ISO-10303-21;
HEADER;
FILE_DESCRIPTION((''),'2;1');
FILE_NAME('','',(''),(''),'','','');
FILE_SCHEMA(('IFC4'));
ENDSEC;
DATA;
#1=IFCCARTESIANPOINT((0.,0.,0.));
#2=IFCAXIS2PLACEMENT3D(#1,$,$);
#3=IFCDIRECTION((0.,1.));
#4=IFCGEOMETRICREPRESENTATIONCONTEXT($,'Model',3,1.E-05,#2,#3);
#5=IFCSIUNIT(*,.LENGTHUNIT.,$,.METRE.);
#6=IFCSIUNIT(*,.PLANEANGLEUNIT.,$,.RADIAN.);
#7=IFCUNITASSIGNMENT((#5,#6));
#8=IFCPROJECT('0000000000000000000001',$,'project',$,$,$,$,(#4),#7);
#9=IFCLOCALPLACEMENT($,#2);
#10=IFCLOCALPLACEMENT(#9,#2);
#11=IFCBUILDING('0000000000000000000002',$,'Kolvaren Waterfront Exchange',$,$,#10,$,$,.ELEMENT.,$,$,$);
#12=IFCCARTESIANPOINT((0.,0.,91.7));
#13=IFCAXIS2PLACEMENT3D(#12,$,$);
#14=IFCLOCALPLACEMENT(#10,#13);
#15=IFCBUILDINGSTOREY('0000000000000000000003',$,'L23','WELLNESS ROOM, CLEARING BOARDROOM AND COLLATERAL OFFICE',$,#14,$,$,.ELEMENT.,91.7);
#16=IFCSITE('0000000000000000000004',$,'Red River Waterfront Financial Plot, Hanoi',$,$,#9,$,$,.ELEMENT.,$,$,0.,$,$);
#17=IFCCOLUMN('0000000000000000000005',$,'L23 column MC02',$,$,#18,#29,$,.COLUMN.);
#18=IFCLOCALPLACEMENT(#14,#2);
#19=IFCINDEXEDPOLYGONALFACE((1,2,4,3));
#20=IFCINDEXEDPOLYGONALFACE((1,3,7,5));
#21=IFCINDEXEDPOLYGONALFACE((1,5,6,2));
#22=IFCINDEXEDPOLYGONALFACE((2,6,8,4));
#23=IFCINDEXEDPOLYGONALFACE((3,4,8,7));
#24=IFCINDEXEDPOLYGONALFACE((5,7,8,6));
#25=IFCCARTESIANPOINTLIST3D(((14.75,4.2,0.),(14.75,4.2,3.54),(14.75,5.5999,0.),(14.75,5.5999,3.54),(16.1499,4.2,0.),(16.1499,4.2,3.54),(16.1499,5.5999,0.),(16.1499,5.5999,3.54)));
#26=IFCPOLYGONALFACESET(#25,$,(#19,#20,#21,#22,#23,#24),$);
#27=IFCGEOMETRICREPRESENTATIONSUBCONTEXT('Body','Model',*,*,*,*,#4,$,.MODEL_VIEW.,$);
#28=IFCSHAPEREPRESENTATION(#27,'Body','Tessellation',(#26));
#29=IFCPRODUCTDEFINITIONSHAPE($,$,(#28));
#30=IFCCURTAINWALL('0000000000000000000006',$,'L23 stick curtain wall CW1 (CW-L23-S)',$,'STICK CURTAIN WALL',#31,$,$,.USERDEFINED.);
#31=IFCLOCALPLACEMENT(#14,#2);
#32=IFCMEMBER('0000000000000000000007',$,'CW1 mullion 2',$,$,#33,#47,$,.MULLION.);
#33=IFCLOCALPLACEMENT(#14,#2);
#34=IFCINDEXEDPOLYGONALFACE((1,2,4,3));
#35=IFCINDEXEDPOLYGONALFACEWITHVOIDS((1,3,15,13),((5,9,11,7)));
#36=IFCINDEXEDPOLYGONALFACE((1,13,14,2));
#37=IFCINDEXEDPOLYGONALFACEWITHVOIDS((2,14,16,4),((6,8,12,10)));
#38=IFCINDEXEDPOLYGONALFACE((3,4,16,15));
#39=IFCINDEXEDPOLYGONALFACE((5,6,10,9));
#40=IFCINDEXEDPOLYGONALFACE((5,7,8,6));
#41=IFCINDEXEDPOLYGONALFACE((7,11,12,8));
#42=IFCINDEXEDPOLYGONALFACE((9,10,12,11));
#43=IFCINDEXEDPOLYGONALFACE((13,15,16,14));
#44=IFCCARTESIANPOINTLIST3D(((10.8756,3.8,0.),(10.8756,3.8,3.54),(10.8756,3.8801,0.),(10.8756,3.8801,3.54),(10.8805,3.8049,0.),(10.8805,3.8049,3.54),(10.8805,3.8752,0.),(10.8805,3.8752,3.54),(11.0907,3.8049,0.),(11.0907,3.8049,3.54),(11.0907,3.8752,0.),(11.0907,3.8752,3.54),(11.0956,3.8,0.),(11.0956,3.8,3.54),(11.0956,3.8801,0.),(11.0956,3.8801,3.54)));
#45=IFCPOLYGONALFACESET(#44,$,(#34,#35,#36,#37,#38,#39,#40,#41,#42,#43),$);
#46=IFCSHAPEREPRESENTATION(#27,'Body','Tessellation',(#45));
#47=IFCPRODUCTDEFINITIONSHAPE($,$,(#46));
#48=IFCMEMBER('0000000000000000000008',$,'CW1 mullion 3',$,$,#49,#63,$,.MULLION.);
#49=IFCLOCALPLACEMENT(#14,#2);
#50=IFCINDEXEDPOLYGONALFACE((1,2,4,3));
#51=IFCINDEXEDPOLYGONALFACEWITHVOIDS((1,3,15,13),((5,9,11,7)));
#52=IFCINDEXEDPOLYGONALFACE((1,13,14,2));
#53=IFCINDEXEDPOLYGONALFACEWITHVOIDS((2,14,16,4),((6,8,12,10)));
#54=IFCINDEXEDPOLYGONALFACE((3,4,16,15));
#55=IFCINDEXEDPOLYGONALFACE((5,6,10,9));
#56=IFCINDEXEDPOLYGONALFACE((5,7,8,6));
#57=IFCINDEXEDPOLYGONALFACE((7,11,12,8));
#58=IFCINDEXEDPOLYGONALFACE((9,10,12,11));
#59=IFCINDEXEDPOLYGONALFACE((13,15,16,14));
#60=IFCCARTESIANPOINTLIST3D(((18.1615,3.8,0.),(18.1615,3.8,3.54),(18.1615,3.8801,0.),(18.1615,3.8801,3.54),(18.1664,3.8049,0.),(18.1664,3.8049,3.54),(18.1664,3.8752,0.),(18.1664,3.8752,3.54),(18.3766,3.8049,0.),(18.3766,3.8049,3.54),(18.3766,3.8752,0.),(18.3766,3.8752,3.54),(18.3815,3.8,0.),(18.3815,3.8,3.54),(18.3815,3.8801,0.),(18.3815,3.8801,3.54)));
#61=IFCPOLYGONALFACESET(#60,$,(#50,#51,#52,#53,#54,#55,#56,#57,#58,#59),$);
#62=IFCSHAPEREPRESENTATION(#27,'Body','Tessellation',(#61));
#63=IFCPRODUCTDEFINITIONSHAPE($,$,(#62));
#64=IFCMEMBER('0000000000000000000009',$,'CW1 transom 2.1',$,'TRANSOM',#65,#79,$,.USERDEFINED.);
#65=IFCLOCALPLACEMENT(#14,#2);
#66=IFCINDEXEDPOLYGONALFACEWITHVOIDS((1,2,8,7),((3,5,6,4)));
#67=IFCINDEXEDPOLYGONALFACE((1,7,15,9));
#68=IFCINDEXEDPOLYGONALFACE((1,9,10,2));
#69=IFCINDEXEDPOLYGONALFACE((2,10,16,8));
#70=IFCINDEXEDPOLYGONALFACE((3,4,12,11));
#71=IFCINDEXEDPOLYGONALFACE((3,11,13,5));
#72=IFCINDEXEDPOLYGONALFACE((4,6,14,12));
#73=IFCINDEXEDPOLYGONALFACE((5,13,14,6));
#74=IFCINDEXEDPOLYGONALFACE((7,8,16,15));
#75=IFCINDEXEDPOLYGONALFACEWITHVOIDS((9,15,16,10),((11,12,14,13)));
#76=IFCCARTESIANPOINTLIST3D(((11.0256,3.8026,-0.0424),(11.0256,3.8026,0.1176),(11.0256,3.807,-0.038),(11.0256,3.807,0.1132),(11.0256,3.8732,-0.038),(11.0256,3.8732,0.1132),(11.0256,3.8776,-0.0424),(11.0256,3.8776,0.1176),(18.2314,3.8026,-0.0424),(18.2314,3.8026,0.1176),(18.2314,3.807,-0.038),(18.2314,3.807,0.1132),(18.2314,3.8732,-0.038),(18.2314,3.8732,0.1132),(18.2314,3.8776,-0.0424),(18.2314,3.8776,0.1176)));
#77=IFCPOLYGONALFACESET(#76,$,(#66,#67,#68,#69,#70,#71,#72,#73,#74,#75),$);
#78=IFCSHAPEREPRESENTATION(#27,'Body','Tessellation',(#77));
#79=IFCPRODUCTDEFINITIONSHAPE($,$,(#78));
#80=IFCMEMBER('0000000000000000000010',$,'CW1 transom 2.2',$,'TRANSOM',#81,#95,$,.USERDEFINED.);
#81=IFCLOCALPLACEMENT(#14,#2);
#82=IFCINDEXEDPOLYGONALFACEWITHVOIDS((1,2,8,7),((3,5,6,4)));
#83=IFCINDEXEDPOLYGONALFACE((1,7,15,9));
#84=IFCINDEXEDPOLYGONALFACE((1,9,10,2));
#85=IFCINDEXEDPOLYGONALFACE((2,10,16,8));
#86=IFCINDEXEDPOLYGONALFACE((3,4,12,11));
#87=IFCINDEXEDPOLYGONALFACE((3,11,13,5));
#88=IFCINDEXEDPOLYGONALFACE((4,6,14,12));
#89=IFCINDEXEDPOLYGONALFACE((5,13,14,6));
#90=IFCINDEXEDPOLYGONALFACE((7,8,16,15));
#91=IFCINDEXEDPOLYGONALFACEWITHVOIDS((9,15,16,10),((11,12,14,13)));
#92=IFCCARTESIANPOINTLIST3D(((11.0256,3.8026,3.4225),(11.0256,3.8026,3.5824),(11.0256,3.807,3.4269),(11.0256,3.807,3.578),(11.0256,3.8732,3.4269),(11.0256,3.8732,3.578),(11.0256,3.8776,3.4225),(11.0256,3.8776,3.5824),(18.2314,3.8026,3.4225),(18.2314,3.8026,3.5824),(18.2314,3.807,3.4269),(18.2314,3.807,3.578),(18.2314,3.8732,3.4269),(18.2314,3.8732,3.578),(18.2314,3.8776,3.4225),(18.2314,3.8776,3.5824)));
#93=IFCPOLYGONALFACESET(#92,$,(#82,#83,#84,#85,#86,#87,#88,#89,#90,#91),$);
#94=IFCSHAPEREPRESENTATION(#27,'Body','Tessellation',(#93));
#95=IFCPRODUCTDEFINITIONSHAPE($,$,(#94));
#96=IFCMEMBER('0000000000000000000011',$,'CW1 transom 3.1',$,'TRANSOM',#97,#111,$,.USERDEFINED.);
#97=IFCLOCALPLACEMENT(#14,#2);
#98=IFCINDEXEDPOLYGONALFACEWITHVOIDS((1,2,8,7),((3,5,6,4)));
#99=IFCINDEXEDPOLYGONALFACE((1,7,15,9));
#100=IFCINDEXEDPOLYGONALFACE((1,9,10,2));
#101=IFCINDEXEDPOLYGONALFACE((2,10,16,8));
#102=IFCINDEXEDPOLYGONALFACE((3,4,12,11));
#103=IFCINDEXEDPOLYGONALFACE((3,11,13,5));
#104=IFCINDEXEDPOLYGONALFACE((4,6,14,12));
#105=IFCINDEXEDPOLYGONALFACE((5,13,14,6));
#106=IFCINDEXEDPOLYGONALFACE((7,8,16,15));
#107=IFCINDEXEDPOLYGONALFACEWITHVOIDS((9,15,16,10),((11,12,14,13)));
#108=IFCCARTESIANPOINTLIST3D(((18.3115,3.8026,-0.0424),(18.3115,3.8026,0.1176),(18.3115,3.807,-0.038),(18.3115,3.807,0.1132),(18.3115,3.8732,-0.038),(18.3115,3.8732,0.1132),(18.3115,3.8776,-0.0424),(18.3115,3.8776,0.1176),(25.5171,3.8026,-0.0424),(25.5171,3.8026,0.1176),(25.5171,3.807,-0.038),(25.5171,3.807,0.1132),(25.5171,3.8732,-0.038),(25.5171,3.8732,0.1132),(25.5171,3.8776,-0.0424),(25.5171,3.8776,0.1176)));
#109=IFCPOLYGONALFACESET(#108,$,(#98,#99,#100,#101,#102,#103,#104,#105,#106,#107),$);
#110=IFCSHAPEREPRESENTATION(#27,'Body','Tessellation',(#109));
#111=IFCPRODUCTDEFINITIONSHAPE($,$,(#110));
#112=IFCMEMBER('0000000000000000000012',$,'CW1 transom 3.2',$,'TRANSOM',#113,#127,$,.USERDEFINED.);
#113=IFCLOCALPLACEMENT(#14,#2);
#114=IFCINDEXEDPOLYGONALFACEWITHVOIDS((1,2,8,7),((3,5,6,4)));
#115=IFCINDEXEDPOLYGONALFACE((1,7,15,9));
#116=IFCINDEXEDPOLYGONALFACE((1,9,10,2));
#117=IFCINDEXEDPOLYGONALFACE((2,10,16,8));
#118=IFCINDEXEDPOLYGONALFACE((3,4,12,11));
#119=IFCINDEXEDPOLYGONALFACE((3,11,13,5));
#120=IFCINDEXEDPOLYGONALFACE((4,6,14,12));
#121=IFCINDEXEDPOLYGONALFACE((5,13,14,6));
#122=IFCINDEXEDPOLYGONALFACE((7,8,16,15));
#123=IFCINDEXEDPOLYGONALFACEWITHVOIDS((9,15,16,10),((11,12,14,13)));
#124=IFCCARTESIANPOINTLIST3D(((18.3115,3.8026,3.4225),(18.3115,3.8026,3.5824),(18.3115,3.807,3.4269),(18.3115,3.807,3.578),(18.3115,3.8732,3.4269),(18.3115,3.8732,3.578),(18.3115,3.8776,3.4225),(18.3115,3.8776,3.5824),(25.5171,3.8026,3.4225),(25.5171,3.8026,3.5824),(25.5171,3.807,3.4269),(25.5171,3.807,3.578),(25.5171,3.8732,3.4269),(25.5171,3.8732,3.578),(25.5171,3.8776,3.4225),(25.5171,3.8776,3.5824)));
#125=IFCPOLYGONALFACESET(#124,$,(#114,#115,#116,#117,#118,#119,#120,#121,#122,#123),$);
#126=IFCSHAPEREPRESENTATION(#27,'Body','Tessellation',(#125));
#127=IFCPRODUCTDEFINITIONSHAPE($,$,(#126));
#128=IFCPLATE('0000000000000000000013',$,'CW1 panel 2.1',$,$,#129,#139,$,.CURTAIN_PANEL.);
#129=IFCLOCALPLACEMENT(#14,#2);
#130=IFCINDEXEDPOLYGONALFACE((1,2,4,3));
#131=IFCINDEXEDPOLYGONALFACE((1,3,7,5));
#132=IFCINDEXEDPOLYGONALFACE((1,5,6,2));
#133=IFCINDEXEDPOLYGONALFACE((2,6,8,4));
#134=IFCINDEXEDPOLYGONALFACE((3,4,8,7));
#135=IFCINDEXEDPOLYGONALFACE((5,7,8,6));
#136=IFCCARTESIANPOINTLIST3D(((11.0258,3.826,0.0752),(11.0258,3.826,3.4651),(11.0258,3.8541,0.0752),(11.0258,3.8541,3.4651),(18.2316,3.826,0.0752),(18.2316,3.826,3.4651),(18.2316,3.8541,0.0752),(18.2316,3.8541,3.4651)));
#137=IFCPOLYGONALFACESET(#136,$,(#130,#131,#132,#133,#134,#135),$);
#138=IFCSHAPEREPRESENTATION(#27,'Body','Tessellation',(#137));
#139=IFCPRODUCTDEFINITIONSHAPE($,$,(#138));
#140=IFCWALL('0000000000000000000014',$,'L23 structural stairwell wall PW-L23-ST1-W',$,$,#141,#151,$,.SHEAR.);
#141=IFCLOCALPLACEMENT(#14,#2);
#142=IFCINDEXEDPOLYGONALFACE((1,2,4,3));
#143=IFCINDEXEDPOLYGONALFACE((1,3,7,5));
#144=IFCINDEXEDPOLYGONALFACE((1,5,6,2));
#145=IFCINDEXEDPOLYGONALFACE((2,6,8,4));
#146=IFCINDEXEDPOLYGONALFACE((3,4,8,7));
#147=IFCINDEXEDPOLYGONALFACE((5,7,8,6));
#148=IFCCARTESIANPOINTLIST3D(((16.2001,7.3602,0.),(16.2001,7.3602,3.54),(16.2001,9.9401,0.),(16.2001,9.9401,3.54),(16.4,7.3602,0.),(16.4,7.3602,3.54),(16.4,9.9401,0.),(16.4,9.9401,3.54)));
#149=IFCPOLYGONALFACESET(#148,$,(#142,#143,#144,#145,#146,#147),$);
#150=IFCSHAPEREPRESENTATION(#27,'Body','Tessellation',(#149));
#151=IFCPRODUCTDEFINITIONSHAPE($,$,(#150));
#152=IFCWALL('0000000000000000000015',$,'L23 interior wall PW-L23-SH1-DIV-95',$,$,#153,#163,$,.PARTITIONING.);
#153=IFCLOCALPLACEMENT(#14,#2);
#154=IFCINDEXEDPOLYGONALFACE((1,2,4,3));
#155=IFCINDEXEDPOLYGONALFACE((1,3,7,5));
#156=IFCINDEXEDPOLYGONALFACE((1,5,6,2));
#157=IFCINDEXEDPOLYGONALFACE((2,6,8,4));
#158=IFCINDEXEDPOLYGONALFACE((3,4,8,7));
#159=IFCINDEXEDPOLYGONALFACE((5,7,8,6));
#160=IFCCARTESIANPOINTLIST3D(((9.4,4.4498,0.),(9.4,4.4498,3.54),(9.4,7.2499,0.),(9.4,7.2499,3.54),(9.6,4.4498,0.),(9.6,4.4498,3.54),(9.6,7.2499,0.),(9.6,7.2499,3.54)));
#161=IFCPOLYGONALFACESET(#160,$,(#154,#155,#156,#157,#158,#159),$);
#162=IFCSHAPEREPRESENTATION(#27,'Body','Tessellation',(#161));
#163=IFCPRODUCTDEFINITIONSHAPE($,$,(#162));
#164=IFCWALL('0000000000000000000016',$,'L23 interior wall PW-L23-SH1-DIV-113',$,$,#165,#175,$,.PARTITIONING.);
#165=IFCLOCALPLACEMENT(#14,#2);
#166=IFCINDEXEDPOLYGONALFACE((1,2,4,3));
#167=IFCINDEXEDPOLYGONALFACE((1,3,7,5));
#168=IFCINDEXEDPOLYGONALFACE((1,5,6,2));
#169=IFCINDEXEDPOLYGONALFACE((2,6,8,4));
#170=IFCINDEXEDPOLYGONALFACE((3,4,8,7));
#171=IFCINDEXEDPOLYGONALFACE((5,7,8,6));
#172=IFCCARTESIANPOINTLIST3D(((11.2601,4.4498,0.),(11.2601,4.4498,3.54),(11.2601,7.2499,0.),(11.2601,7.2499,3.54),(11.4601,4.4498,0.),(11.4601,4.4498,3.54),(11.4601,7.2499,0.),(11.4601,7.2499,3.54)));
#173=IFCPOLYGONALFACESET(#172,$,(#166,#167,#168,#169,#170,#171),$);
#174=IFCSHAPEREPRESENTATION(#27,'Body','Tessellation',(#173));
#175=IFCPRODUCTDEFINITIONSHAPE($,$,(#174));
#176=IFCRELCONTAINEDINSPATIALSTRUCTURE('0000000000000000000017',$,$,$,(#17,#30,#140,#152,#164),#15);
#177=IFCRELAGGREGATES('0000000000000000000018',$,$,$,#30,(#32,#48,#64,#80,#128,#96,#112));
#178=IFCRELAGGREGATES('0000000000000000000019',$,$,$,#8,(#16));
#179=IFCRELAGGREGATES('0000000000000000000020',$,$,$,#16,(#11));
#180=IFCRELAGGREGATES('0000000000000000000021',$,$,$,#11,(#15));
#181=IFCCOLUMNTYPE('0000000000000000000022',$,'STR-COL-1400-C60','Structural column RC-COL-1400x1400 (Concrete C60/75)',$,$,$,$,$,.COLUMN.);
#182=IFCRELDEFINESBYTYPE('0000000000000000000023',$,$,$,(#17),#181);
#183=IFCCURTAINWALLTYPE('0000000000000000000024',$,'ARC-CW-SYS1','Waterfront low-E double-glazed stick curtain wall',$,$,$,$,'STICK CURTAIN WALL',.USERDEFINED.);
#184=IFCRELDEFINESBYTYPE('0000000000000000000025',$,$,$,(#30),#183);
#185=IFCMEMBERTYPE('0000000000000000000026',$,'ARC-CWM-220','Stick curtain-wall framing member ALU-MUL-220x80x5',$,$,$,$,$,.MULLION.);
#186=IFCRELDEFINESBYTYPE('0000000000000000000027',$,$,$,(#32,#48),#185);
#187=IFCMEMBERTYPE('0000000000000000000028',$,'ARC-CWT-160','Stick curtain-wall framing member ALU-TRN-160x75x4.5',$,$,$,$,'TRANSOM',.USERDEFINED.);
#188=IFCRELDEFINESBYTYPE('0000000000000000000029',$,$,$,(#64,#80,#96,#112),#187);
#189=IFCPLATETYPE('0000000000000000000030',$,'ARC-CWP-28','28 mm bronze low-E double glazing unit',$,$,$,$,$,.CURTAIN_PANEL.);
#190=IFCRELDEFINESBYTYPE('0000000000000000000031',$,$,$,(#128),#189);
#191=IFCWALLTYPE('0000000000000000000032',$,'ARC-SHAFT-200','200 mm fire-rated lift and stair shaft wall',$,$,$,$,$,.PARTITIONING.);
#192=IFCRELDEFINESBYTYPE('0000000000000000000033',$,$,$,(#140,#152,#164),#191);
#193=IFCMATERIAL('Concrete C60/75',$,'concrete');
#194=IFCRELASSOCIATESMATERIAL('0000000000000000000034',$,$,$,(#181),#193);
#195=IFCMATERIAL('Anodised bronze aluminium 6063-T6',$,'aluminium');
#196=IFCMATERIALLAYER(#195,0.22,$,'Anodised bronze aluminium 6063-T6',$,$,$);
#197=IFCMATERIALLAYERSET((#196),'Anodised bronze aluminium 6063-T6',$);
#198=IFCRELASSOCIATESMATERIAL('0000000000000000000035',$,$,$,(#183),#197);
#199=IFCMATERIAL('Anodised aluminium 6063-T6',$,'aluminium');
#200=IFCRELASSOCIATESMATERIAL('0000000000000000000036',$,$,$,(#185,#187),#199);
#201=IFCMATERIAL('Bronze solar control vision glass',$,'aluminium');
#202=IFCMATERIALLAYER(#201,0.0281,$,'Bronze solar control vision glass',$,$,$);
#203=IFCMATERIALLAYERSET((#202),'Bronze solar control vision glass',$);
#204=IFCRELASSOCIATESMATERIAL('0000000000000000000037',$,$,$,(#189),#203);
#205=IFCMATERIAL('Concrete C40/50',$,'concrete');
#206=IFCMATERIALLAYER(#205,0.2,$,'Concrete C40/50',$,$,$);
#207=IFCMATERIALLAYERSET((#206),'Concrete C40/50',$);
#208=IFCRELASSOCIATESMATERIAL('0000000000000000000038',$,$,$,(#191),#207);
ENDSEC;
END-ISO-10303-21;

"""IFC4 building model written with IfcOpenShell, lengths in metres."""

from ifc_helpers import new_model, si_unit, direction, frame, frame_2d, origin, origin_with_axes, origin_2d, place, context, subcontext, project, spatial, rectangle, hollow_rectangle, extrude, source, transform, mapped, material, layer, layer_set, material_profile, profile_set, type_object, element, aggregate, save


model = new_model("IFC4")

# Units and contexts
model_context = context("Model", 3, precision=1e-05, world=origin(), true_north=direction((0.0, 1.0)))
body_context = subcontext(model_context, "Body", "Model", "MODEL_VIEW")
ifc_project = project(units=[si_unit("LENGTHUNIT", "METRE"), si_unit("PLANEANGLEUNIT", "RADIAN")], contexts=[model_context])

# Site, building, storey
site_placement = place(None, origin())
site = spatial("IfcSite", under=ifc_project, at=site_placement, Name="Red River Waterfront Financial Plot, Hanoi", CompositionType="ELEMENT", RefElevation=0.0)
building_placement = place(site_placement, origin())
building = spatial("IfcBuilding", under=site, at=building_placement, Name="Kolvaren Waterfront Exchange", CompositionType="ELEMENT")
storey_placement = place(building_placement, frame((0.0, 0.0, 91.7)))
storey = spatial("IfcBuildingStorey", under=building, at=storey_placement, Name="L23", Description="WELLNESS ROOM, CLEARING BOARDROOM AND COLLATERAL OFFICE", CompositionType="ELEMENT", Elevation=91.7)

# Column
ifc_material_1 = material(Name="Concrete C60/75", Category="concrete")
ifc_material_profile_1 = material_profile(ifc_material_1, rectangle(XDim=1.3999, YDim=1.3999, at=origin_2d()), Name="RC-COL-1400x1400")
ifc_profile_set_1 = profile_set([ifc_material_profile_1], Name="Concrete C60/75")
column_type = type_object("IfcColumnType", Name="STR-COL-1400-C60", Description="Structural column RC-COL-1400x1400 (Concrete C60/75)", PredefinedType="COLUMN", material=ifc_profile_set_1)
column_placement = place(storey_placement, frame((15.45, 4.8999, 0.0), z_axis=(0.0, 0.0, 1.0), x_axis=(1.0, 0.0, 0.0)))
element("IfcColumn", 1, at=column_placement, inside=storey, type_object=column_type, Name="L23 column MC02", PredefinedType="COLUMN", context=body_context, shape_type="SweptSolid", body=[
    extrude(rectangle(XDim=1.3999, YDim=1.3999, at=origin_2d()), origin(), (0.0, 0.0, 1.0), 3.54),
])

# Curtain wall, members, plate
ifc_material_2 = material(Name="Anodised bronze aluminium 6063-T6", Category="aluminium")
ifc_layer_1 = layer(ifc_material_2, 0.22, Name="Anodised bronze aluminium 6063-T6")
ifc_layer_set_1 = layer_set([ifc_layer_1], Name="Anodised bronze aluminium 6063-T6")
curtain_wall_type = type_object("IfcCurtainWallType", Name="ARC-CW-SYS1", Description="Waterfront low-E double-glazed stick curtain wall", ElementType="STICK CURTAIN WALL", PredefinedType="USERDEFINED", material=ifc_layer_set_1)
curtain_wall_placement = place(storey_placement, origin())
curtain_wall = element("IfcCurtainWall", 2, at=curtain_wall_placement, inside=storey, type_object=curtain_wall_type, Name="L23 stick curtain wall CW1 (CW-L23-S)", ObjectType="STICK CURTAIN WALL", PredefinedType="USERDEFINED")
ifc_material_3 = material(Name="Anodised aluminium 6063-T6", Category="aluminium")
ifc_material_profile_2 = material_profile(ifc_material_3, hollow_rectangle(XDim=0.0801, YDim=0.22, WallThickness=0.0049, at=origin_2d()), Name="ALU-MUL-220x80x5")
ifc_profile_set_2 = profile_set([ifc_material_profile_2], Name="Anodised aluminium 6063-T6")
member_type_1 = type_object("IfcMemberType", Name="ARC-CWM-220", Description="Stick curtain-wall framing member ALU-MUL-220x80x5", PredefinedType="MULLION", material=ifc_profile_set_2)
shared_shape_1 = source(origin_with_axes(), body_context, "Body", "SweptSolid", [
    extrude(hollow_rectangle(XDim=0.0801, YDim=0.22, WallThickness=0.0049, at=origin_2d()), origin(), (0.0, 0.0, 1.0), 3.54),
])
member_1_placement = place(storey_placement, frame((10.9856, 3.8401, 0.0), z_axis=(0.0, 0.0, 1.0), x_axis=(0.0, 1.0, 0.0)))
member_1 = element("IfcMember", 3, at=member_1_placement, type_object=member_type_1, Name="CW1 mullion 2", PredefinedType="MULLION", context=body_context, shape_type="MappedRepresentation", body=[
    mapped(shared_shape_1, transform((0.0, 0.0, 0.0), x_axis=(1.0, 0.0, 0.0), y_axis=(0.0, 1.0, 0.0), z_axis=(0.0, 0.0, 1.0), scale=1.0)),
])
member_2_placement = place(storey_placement, frame((18.2715, 3.8401, 0.0), z_axis=(0.0, 0.0, 1.0), x_axis=(0.0, 1.0, 0.0)))
member_2 = element("IfcMember", 4, at=member_2_placement, type_object=member_type_1, Name="CW1 mullion 3", PredefinedType="MULLION", context=body_context, shape_type="MappedRepresentation", body=[
    mapped(shared_shape_1, transform((0.0, 0.0, 0.0), x_axis=(1.0, 0.0, 0.0), y_axis=(0.0, 1.0, 0.0), z_axis=(0.0, 0.0, 1.0), scale=1.0)),
])
ifc_material_profile_3 = material_profile(ifc_material_3, hollow_rectangle(XDim=0.075, YDim=0.1599, WallThickness=0.0044, at=origin_2d()), Name="ALU-TRN-160x75x4.5")
ifc_profile_set_3 = profile_set([ifc_material_profile_3], Name="Anodised aluminium 6063-T6")
member_type_2 = type_object("IfcMemberType", Name="ARC-CWT-160", Description="Stick curtain-wall framing member ALU-TRN-160x75x4.5", ElementType="TRANSOM", PredefinedType="USERDEFINED", material=ifc_profile_set_3)
shared_shape_2 = source(origin_with_axes(), body_context, "Body", "SweptSolid", [
    extrude(hollow_rectangle(XDim=0.075, YDim=0.1599, WallThickness=0.0044, at=origin_2d()), origin(), (0.0, 0.0, 1.0), 7.2058),
])
member_3_placement = place(storey_placement, frame((11.0256, 3.8401, 0.0376), z_axis=(1.0, 0.0, 0.0), x_axis=(0.0, 1.0, 0.0)))
member_3 = element("IfcMember", 5, at=member_3_placement, type_object=member_type_2, Name="CW1 transom 2.1", ObjectType="TRANSOM", PredefinedType="USERDEFINED", context=body_context, shape_type="MappedRepresentation", body=[
    mapped(shared_shape_2, transform((0.0, 0.0, 0.0), x_axis=(1.0, 0.0, 0.0), y_axis=(0.0, 1.0, 0.0), z_axis=(0.0, 0.0, 1.0), scale=1.0)),
])
member_4_placement = place(storey_placement, frame((11.0256, 3.8401, 3.5024), z_axis=(1.0, 0.0, 0.0), x_axis=(0.0, 1.0, 0.0)))
member_4 = element("IfcMember", 6, at=member_4_placement, type_object=member_type_2, Name="CW1 transom 2.2", ObjectType="TRANSOM", PredefinedType="USERDEFINED", context=body_context, shape_type="MappedRepresentation", body=[
    mapped(shared_shape_2, transform((0.0, 0.0, 0.0), x_axis=(1.0, 0.0, 0.0), y_axis=(0.0, 1.0, 0.0), z_axis=(0.0, 0.0, 1.0), scale=1.0)),
])
shared_shape_3 = source(origin_with_axes(), body_context, "Body", "SweptSolid", [
    extrude(hollow_rectangle(XDim=0.075, YDim=0.1599, WallThickness=0.0044, at=origin_2d()), origin(), (0.0, 0.0, 1.0), 7.2056),
])
member_5_placement = place(storey_placement, frame((18.3115, 3.8401, 0.0376), z_axis=(1.0, 0.0, 0.0), x_axis=(0.0, 1.0, 0.0)))
member_5 = element("IfcMember", 7, at=member_5_placement, type_object=member_type_2, Name="CW1 transom 3.1", ObjectType="TRANSOM", PredefinedType="USERDEFINED", context=body_context, shape_type="MappedRepresentation", body=[
    mapped(shared_shape_3, transform((0.0, 0.0, 0.0), x_axis=(1.0, 0.0, 0.0), y_axis=(0.0, 1.0, 0.0), z_axis=(0.0, 0.0, 1.0), scale=1.0)),
])
member_6_placement = place(storey_placement, frame((18.3115, 3.8401, 3.5024), z_axis=(1.0, 0.0, 0.0), x_axis=(0.0, 1.0, 0.0)))
member_6 = element("IfcMember", 8, at=member_6_placement, type_object=member_type_2, Name="CW1 transom 3.2", ObjectType="TRANSOM", PredefinedType="USERDEFINED", context=body_context, shape_type="MappedRepresentation", body=[
    mapped(shared_shape_3, transform((0.0, 0.0, 0.0), x_axis=(1.0, 0.0, 0.0), y_axis=(0.0, 1.0, 0.0), z_axis=(0.0, 0.0, 1.0), scale=1.0)),
])
ifc_material_4 = material(Name="Bronze solar control vision glass", Category="aluminium")
ifc_layer_2 = layer(ifc_material_4, 0.0281, Name="Bronze solar control vision glass")
ifc_layer_set_2 = layer_set([ifc_layer_2], Name="Bronze solar control vision glass")
plate_type = type_object("IfcPlateType", Name="ARC-CWP-28", Description="28 mm bronze low-E double glazing unit", PredefinedType="CURTAIN_PANEL", material=ifc_layer_set_2)
shared_shape_4 = source(origin_with_axes(), body_context, "Body", "SweptSolid", [
    extrude(rectangle(XDim=7.2058, YDim=0.0281, at=origin_2d()), origin(), (0.0, 0.0, 1.0), 3.3899),
])
plate_placement = place(storey_placement, frame((14.6287, 3.8401, 0.0752), z_axis=(0.0, 0.0, 1.0), x_axis=(1.0, 0.0, 0.0)))
plate = element("IfcPlate", 9, at=plate_placement, type_object=plate_type, Name="CW1 panel 2.1", PredefinedType="CURTAIN_PANEL", context=body_context, shape_type="MappedRepresentation", body=[
    mapped(shared_shape_4, transform((0.0, 0.0, 0.0), x_axis=(1.0, 0.0, 0.0), y_axis=(0.0, 1.0, 0.0), z_axis=(0.0, 0.0, 1.0), scale=1.0)),
])
aggregate(curtain_wall, [member_1, member_2, member_3, member_4, plate, member_5, member_6])

# Walls
ifc_material_5 = material(Name="Concrete C40/50", Category="concrete")
ifc_layer_3 = layer(ifc_material_5, 0.2, Name="Concrete C40/50")
ifc_layer_set_3 = layer_set([ifc_layer_3], Name="Concrete C40/50")
wall_type_1 = type_object("IfcWallType", Name="ARC-SHAFT-200", Description="200 mm fire-rated lift and stair shaft wall", PredefinedType="PARTITIONING", material=ifc_layer_set_3)
wall_1_placement = place(storey_placement, frame((16.3, 7.3601, 0.0), z_axis=(0.0, 0.0, 1.0), x_axis=(0.0, 1.0, 0.0)))
element("IfcWall", 10, at=wall_1_placement, inside=storey, type_object=wall_type_1, Name="L23 structural stairwell wall PW-L23-ST1-W", PredefinedType="SHEAR", context=body_context, shape_type="SweptSolid", body=[
    extrude(rectangle(XDim=2.5798, YDim=0.2, at=frame_2d((1.29, 0.0))), origin(), (0.0, 0.0, 1.0), 3.54),
])
for number, where, z_axis, x_axis, name in (
    (11, (9.5, 4.45, 0.0), (0.0, 0.0, 1.0), (0.0, 1.0, 0.0), "L23 interior wall PW-L23-SH1-DIV-95"),
    (12, (11.3601, 4.45, 0.0), (0.0, 0.0, 1.0), (0.0, 1.0, 0.0), "L23 interior wall PW-L23-SH1-DIV-113"),
):
    element("IfcWall", number, at=place(storey_placement, frame(where, z_axis=z_axis, x_axis=x_axis)), inside=storey, type_object=wall_type_1, Name=name, PredefinedType="PARTITIONING", context=body_context, shape_type="SweptSolid", body=[
        extrude(rectangle(XDim=2.8, YDim=0.2, at=frame_2d((1.3999, 0.0))), origin(), (0.0, 0.0, 1.0), 3.54),
    ])

save(model, "model.ifc")
